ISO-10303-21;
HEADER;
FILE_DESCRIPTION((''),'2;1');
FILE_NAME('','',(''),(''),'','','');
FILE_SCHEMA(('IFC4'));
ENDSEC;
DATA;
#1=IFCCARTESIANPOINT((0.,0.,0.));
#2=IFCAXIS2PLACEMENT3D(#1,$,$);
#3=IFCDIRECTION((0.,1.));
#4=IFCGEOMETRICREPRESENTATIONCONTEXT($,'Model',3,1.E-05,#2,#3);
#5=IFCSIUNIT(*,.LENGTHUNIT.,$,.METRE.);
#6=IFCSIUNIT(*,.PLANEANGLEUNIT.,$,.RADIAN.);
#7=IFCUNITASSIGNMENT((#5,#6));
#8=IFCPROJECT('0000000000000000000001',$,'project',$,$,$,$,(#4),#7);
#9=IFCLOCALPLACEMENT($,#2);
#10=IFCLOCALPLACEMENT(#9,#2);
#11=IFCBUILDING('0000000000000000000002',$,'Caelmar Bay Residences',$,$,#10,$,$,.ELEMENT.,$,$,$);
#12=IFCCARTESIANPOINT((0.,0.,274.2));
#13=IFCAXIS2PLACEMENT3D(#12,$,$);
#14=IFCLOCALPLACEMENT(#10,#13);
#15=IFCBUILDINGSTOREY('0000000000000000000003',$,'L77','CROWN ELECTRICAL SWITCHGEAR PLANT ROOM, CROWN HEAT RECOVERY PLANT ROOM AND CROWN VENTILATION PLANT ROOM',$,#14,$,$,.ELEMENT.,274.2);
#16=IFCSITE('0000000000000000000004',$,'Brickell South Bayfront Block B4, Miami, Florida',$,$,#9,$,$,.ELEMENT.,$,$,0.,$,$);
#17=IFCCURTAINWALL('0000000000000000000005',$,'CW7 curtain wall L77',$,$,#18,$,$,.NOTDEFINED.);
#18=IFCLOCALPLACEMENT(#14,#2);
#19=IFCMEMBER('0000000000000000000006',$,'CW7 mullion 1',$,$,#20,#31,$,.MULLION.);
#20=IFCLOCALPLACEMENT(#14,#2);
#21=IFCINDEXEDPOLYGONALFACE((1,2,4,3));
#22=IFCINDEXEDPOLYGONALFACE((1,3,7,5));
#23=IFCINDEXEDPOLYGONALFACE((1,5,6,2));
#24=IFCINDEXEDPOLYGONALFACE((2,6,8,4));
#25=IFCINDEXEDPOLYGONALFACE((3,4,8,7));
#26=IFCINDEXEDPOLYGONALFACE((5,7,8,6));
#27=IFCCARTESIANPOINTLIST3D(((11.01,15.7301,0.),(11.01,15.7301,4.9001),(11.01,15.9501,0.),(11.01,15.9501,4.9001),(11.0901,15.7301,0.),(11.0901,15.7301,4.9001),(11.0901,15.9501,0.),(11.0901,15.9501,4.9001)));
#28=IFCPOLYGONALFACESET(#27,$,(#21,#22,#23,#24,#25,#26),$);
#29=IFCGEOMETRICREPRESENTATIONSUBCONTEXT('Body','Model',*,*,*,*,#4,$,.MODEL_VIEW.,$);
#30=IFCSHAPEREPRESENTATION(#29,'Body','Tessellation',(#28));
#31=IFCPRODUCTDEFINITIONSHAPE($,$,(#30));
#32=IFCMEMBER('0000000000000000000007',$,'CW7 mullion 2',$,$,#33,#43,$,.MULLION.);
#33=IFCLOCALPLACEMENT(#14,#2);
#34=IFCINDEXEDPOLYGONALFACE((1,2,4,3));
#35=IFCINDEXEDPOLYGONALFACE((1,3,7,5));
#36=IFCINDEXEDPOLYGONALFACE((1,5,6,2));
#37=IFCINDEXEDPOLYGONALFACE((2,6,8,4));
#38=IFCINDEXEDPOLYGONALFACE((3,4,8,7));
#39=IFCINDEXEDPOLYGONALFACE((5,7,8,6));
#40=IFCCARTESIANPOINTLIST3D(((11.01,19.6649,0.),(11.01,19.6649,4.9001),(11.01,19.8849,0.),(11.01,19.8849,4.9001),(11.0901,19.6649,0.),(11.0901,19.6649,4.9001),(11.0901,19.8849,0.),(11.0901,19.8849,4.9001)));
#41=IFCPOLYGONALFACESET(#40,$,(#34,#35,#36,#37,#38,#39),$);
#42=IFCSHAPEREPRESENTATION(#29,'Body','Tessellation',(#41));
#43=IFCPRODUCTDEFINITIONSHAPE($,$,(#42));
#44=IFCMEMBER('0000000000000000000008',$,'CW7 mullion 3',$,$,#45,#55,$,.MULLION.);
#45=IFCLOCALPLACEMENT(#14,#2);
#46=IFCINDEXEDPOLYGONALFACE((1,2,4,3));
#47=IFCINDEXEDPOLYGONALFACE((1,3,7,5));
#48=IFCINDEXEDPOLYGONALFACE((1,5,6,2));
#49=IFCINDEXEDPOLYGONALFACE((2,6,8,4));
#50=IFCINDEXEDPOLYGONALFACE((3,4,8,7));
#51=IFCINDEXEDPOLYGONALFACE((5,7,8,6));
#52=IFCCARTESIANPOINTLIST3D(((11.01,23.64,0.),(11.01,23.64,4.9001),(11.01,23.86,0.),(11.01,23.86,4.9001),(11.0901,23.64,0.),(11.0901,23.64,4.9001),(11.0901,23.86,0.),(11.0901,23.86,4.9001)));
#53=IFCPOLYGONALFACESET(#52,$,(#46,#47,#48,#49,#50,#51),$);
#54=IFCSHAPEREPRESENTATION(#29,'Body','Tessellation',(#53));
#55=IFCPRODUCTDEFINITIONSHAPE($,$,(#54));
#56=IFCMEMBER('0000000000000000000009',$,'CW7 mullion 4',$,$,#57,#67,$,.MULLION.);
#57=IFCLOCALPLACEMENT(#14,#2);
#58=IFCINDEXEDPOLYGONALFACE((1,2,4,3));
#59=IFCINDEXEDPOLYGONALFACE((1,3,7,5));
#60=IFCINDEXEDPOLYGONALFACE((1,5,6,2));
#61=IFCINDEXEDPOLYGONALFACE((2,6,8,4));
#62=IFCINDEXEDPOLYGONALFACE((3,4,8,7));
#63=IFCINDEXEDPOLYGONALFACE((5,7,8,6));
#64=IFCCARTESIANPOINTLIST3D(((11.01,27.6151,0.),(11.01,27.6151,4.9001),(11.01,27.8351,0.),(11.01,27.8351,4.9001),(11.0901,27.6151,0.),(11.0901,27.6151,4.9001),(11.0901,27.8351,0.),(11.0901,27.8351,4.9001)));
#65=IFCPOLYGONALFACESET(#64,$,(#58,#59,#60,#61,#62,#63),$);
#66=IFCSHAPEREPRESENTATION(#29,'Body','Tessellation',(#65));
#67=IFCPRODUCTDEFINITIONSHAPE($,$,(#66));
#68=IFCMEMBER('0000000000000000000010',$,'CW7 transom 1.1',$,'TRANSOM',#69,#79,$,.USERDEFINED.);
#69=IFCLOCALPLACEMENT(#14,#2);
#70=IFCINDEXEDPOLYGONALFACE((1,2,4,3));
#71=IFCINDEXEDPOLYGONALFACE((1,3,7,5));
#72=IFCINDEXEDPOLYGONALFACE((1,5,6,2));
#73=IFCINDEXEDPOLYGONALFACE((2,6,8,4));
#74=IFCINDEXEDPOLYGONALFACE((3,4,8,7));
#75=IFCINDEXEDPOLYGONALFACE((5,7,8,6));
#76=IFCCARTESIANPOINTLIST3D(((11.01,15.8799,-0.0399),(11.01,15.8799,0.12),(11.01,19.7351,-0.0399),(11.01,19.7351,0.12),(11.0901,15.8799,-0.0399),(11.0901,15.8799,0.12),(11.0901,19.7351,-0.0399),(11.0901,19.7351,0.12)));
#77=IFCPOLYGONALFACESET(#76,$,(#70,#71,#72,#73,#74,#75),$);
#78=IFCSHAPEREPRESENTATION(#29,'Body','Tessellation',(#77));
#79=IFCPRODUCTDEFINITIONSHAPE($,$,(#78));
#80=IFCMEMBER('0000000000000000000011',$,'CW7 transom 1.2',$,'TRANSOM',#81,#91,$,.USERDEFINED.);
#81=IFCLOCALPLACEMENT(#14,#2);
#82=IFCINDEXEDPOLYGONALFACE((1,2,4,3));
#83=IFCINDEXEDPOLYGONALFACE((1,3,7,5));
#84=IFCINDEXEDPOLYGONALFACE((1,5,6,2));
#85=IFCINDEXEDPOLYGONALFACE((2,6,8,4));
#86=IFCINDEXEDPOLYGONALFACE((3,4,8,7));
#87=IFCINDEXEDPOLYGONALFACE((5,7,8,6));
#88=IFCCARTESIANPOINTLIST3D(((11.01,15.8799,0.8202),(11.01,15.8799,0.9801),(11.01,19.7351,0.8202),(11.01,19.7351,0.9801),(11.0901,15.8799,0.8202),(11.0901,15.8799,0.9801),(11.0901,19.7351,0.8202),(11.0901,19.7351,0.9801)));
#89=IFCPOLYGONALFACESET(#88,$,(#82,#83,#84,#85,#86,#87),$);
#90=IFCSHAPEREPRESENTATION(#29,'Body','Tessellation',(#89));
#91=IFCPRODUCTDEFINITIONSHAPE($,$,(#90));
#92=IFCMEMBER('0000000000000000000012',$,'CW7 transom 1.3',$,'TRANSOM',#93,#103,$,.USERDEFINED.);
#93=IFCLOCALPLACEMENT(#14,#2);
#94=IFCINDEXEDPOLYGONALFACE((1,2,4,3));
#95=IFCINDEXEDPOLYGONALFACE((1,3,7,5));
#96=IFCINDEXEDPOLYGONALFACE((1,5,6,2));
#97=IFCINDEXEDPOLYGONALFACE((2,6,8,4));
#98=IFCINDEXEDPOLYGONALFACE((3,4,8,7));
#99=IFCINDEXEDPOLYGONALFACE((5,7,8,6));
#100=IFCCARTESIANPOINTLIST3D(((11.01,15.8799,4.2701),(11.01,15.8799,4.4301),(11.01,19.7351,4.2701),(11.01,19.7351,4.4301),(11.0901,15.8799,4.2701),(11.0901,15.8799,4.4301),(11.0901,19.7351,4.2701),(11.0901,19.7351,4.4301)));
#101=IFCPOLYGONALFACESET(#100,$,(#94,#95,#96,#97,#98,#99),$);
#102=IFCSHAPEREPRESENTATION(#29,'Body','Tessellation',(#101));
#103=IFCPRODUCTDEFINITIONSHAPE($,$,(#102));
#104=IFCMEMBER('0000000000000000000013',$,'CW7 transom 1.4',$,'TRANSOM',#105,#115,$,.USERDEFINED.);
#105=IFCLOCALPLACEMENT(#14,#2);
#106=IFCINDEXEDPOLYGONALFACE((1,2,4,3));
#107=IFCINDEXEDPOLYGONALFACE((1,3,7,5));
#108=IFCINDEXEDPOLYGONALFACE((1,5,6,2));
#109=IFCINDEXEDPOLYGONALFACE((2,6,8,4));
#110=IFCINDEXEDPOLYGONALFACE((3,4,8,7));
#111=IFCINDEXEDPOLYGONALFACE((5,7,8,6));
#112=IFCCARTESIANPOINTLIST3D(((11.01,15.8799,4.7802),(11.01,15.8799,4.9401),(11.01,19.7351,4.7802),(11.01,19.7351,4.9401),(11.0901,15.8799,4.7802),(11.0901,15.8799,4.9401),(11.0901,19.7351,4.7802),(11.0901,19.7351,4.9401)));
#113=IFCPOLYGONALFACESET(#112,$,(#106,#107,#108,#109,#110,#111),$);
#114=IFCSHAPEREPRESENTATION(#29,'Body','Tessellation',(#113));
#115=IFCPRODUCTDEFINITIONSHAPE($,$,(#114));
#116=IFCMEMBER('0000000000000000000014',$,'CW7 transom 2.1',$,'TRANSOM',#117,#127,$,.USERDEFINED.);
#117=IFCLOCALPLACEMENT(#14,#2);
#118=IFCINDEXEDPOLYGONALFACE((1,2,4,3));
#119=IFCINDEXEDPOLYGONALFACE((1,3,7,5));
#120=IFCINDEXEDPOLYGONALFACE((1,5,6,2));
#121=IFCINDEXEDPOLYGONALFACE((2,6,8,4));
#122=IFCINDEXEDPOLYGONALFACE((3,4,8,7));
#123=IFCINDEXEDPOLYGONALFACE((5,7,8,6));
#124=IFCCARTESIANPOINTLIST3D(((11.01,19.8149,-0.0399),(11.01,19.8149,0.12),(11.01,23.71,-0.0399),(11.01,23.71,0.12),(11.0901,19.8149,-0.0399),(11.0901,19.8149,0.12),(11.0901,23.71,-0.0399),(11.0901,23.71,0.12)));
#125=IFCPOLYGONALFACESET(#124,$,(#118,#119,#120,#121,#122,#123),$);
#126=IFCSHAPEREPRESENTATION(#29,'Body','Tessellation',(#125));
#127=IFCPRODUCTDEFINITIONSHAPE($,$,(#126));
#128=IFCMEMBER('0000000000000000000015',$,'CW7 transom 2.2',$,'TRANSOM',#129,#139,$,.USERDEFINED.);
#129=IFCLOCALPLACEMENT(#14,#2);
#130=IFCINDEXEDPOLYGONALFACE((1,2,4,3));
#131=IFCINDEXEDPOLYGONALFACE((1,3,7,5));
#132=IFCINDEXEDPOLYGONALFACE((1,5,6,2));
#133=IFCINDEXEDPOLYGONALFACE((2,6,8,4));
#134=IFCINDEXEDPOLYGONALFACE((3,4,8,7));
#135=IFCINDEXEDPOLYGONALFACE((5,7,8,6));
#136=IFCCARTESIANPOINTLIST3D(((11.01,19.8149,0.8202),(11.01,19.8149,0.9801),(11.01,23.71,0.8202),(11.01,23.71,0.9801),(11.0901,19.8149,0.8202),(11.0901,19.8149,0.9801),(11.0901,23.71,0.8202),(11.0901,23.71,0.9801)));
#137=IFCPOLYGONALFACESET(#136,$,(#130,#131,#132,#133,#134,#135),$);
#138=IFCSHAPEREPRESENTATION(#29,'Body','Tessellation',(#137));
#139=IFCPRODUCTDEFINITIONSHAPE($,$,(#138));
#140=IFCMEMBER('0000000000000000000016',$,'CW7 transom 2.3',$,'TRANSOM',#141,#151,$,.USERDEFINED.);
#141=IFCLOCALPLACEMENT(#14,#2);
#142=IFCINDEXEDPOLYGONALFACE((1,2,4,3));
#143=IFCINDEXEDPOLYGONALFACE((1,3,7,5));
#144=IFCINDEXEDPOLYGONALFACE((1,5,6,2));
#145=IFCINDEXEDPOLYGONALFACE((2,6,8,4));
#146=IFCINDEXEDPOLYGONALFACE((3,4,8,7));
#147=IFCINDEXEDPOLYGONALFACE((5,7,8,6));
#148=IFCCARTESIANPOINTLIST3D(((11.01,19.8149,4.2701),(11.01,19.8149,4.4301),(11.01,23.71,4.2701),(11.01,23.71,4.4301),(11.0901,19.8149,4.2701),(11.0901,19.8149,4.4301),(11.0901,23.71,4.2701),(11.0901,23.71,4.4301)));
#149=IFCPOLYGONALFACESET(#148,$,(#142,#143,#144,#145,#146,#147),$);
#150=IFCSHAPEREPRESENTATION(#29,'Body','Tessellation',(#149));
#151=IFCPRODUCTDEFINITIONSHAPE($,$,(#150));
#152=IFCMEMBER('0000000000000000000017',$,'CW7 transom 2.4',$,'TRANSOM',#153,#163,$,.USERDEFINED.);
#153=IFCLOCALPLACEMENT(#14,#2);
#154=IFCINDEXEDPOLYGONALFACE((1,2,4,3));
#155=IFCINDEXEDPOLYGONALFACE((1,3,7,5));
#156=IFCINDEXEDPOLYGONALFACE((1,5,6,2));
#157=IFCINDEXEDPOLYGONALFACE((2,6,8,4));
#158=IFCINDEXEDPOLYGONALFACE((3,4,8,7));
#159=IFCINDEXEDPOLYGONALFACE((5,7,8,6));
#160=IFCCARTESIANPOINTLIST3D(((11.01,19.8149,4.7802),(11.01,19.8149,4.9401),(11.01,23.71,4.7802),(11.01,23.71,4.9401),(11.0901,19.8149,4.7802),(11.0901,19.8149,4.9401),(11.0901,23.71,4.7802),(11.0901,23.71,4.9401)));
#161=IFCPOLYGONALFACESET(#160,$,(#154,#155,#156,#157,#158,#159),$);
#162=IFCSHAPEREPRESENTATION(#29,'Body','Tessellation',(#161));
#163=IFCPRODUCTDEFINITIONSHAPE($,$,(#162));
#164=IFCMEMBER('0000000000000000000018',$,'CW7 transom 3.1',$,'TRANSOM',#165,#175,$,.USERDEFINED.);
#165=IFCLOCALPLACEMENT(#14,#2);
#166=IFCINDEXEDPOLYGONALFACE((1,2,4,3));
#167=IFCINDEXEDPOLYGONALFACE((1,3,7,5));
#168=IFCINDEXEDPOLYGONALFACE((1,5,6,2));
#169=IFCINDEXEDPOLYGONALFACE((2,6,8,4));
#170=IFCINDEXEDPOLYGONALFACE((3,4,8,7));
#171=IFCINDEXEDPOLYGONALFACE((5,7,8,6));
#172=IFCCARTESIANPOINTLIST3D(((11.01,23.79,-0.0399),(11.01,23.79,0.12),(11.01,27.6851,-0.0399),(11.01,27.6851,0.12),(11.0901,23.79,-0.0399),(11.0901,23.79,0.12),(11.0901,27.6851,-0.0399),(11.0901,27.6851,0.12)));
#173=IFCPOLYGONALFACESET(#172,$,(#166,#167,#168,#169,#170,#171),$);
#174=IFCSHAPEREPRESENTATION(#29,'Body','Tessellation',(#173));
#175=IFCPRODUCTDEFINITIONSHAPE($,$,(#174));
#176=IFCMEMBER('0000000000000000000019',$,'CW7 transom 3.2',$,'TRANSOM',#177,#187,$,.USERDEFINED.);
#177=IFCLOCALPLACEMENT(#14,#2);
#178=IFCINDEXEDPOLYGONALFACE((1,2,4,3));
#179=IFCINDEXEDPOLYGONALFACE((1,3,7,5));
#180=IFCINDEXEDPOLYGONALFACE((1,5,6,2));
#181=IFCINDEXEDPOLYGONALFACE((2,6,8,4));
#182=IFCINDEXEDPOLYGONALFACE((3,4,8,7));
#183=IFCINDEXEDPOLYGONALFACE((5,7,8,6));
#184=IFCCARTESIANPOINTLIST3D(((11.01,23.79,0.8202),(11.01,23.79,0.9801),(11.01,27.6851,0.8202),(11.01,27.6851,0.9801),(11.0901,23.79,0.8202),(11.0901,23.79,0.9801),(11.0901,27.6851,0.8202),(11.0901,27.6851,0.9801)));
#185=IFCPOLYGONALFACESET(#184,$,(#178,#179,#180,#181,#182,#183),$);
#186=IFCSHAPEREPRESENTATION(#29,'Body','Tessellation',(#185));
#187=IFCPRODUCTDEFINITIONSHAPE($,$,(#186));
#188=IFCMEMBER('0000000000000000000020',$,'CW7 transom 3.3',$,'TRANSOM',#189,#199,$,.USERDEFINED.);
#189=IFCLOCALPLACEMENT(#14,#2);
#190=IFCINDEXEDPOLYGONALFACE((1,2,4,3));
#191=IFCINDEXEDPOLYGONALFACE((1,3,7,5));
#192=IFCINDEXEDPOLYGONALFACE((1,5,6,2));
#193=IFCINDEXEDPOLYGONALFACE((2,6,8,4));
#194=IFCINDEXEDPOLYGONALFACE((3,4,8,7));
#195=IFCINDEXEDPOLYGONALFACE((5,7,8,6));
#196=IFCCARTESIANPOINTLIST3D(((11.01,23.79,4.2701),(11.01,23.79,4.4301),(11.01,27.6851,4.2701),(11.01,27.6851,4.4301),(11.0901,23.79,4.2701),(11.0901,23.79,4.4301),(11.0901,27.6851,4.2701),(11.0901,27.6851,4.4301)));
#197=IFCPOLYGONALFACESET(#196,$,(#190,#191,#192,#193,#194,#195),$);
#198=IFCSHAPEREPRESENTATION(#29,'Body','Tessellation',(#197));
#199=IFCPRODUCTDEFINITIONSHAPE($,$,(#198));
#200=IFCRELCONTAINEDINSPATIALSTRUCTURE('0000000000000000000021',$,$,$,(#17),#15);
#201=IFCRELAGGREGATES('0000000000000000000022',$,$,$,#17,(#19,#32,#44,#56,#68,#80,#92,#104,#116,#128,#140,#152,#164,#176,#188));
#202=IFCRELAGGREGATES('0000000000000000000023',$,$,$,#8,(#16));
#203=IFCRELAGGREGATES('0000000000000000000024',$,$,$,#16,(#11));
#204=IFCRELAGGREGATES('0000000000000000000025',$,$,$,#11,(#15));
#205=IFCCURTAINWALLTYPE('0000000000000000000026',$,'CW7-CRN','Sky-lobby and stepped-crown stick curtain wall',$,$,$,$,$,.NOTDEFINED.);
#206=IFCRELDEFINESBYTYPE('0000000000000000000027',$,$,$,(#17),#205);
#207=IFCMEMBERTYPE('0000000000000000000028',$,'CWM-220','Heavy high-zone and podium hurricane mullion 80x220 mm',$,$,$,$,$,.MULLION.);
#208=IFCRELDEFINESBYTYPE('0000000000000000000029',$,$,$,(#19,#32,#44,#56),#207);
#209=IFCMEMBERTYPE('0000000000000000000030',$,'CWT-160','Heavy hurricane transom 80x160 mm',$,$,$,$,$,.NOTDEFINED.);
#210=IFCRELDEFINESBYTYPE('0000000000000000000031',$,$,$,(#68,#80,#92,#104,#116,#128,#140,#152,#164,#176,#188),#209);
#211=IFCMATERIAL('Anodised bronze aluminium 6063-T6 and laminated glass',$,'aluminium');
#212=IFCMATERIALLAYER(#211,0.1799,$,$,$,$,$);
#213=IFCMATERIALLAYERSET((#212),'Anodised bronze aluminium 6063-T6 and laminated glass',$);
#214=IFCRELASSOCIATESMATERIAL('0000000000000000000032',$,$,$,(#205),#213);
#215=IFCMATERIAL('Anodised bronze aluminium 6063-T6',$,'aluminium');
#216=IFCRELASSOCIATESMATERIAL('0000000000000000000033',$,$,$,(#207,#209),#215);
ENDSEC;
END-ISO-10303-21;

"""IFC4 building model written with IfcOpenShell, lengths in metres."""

from ifc_helpers import new_model, si_unit, direction, frame, origin, origin_2d, place, context, subcontext, project, spatial, rectangle, extrude, material, layer, layer_set, material_profile, profile_set, type_object, element, aggregate, save


model = new_model("IFC4")

# Units and contexts
model_context = context("Model", 3, precision=1e-05, world=origin(), true_north=direction((0.0, 1.0)))
body_context = subcontext(model_context, "Body", "Model", "MODEL_VIEW")
ifc_project = project(units=[si_unit("LENGTHUNIT", "METRE"), si_unit("PLANEANGLEUNIT", "RADIAN")], contexts=[model_context])

# Site, building, storey
site_placement = place(None, origin())
site = spatial("IfcSite", under=ifc_project, at=site_placement, Name="Brickell South Bayfront Block B4, Miami, Florida", CompositionType="ELEMENT", RefElevation=0.0)
building_placement = place(site_placement, origin())
building = spatial("IfcBuilding", under=site, at=building_placement, Name="Caelmar Bay Residences", CompositionType="ELEMENT")
storey_placement = place(building_placement, frame((0.0, 0.0, 274.2)))
storey = spatial("IfcBuildingStorey", under=building, at=storey_placement, Name="L77", Description="CROWN ELECTRICAL SWITCHGEAR PLANT ROOM, CROWN HEAT RECOVERY PLANT ROOM AND CROWN VENTILATION PLANT ROOM", CompositionType="ELEMENT", Elevation=274.2)

# Curtain wall, members
ifc_material_1 = material(Name="Anodised bronze aluminium 6063-T6 and laminated glass", Category="aluminium")
ifc_layer_1 = layer(ifc_material_1, 0.1799)
ifc_layer_set_1 = layer_set([ifc_layer_1], Name="Anodised bronze aluminium 6063-T6 and laminated glass")
curtain_wall_type = type_object("IfcCurtainWallType", Name="CW7-CRN", Description="Sky-lobby and stepped-crown stick curtain wall", PredefinedType="NOTDEFINED", material=ifc_layer_set_1)
curtain_wall_placement = place(storey_placement, origin())
curtain_wall = element("IfcCurtainWall", 1, at=curtain_wall_placement, inside=storey, type_object=curtain_wall_type, Name="CW7 curtain wall L77", PredefinedType="NOTDEFINED")
ifc_material_2 = material(Name="Anodised bronze aluminium 6063-T6", Category="aluminium")
ifc_material_profile_1 = material_profile(ifc_material_2, rectangle(XDim=0.0801, YDim=0.22, at=origin_2d()), Name="CWM-80X220")
ifc_profile_set_1 = profile_set([ifc_material_profile_1], Name="Anodised bronze aluminium 6063-T6")
member_type_1 = type_object("IfcMemberType", Name="CWM-220", Description="Heavy high-zone and podium hurricane mullion 80x220 mm", PredefinedType="MULLION", material=ifc_profile_set_1)
member_1_placement = place(storey_placement, frame((11.05, 15.8401, 0.0), z_axis=(0.0, 0.0, 1.0), x_axis=(-1.0, 0.0, 0.0)))
member_1 = element("IfcMember", 2, at=member_1_placement, type_object=member_type_1, Name="CW7 mullion 1", PredefinedType="MULLION", context=body_context, shape_type="SweptSolid", body=[
    extrude(rectangle(XDim=0.0801, YDim=0.22, at=origin_2d()), origin(), (0.0, 0.0, 1.0), 4.9001),
])
member_2_placement = place(storey_placement, frame((11.05, 19.7749, 0.0), z_axis=(0.0, 0.0, 1.0), x_axis=(-1.0, 0.0, 0.0)))
member_2 = element("IfcMember", 3, at=member_2_placement, type_object=member_type_1, Name="CW7 mullion 2", PredefinedType="MULLION", context=body_context, shape_type="SweptSolid", body=[
    extrude(rectangle(XDim=0.0801, YDim=0.22, at=origin_2d()), origin(), (0.0, 0.0, 1.0), 4.9001),
])
member_3_placement = place(storey_placement, frame((11.05, 23.75, 0.0), z_axis=(0.0, 0.0, 1.0), x_axis=(-1.0, 0.0, 0.0)))
member_3 = element("IfcMember", 4, at=member_3_placement, type_object=member_type_1, Name="CW7 mullion 3", PredefinedType="MULLION", context=body_context, shape_type="SweptSolid", body=[
    extrude(rectangle(XDim=0.0801, YDim=0.22, at=origin_2d()), origin(), (0.0, 0.0, 1.0), 4.9001),
])
member_4_placement = place(storey_placement, frame((11.05, 27.7251, 0.0), z_axis=(0.0, 0.0, 1.0), x_axis=(-1.0, 0.0, 0.0)))
member_4 = element("IfcMember", 5, at=member_4_placement, type_object=member_type_1, Name="CW7 mullion 4", PredefinedType="MULLION", context=body_context, shape_type="SweptSolid", body=[
    extrude(rectangle(XDim=0.0801, YDim=0.22, at=origin_2d()), origin(), (0.0, 0.0, 1.0), 4.9001),
])
ifc_material_profile_2 = material_profile(ifc_material_2, rectangle(XDim=0.0801, YDim=0.1599, at=origin_2d()), Name="CWT-80X160")
ifc_profile_set_2 = profile_set([ifc_material_profile_2], Name="Anodised bronze aluminium 6063-T6")
member_type_2 = type_object("IfcMemberType", Name="CWT-160", Description="Heavy hurricane transom 80x160 mm", PredefinedType="NOTDEFINED", material=ifc_profile_set_2)
member_5_placement = place(storey_placement, frame((11.05, 15.8799, 0.04), z_axis=(0.0, 1.0, 0.0), x_axis=(-1.0, 0.0, 0.0)))
member_5 = element("IfcMember", 6, at=member_5_placement, type_object=member_type_2, Name="CW7 transom 1.1", ObjectType="TRANSOM", PredefinedType="USERDEFINED", context=body_context, shape_type="SweptSolid", body=[
    extrude(rectangle(XDim=0.0801, YDim=0.1599, at=origin_2d()), origin(), (0.0, 0.0, 1.0), 3.8552),
])
member_6_placement = place(storey_placement, frame((11.05, 15.8799, 0.9001), z_axis=(0.0, 1.0, 0.0), x_axis=(-1.0, 0.0, 0.0)))
member_6 = element("IfcMember", 7, at=member_6_placement, type_object=member_type_2, Name="CW7 transom 1.2", ObjectType="TRANSOM", PredefinedType="USERDEFINED", context=body_context, shape_type="SweptSolid", body=[
    extrude(rectangle(XDim=0.0801, YDim=0.1599, at=origin_2d()), origin(), (0.0, 0.0, 1.0), 3.8552),
])
member_7_placement = place(storey_placement, frame((11.05, 15.8799, 4.3501), z_axis=(0.0, 1.0, 0.0), x_axis=(-1.0, 0.0, 0.0)))
member_7 = element("IfcMember", 8, at=member_7_placement, type_object=member_type_2, Name="CW7 transom 1.3", ObjectType="TRANSOM", PredefinedType="USERDEFINED", context=body_context, shape_type="SweptSolid", body=[
    extrude(rectangle(XDim=0.0801, YDim=0.1599, at=origin_2d()), origin(), (0.0, 0.0, 1.0), 3.8552),
])
member_8_placement = place(storey_placement, frame((11.05, 15.8799, 4.8601), z_axis=(0.0, 1.0, 0.0), x_axis=(-1.0, 0.0, 0.0)))
member_8 = element("IfcMember", 9, at=member_8_placement, type_object=member_type_2, Name="CW7 transom 1.4", ObjectType="TRANSOM", PredefinedType="USERDEFINED", context=body_context, shape_type="SweptSolid", body=[
    extrude(rectangle(XDim=0.0801, YDim=0.1599, at=origin_2d()), origin(), (0.0, 0.0, 1.0), 3.8552),
])
member_9_placement = place(storey_placement, frame((11.05, 19.8149, 0.04), z_axis=(0.0, 1.0, 0.0), x_axis=(-1.0, 0.0, 0.0)))
member_9 = element("IfcMember", 10, at=member_9_placement, type_object=member_type_2, Name="CW7 transom 2.1", ObjectType="TRANSOM", PredefinedType="USERDEFINED", context=body_context, shape_type="SweptSolid", body=[
    extrude(rectangle(XDim=0.0801, YDim=0.1599, at=origin_2d()), origin(), (0.0, 0.0, 1.0), 3.895),
])
member_10_placement = place(storey_placement, frame((11.05, 19.8149, 0.9001), z_axis=(0.0, 1.0, 0.0), x_axis=(-1.0, 0.0, 0.0)))
member_10 = element("IfcMember", 11, at=member_10_placement, type_object=member_type_2, Name="CW7 transom 2.2", ObjectType="TRANSOM", PredefinedType="USERDEFINED", context=body_context, shape_type="SweptSolid", body=[
    extrude(rectangle(XDim=0.0801, YDim=0.1599, at=origin_2d()), origin(), (0.0, 0.0, 1.0), 3.895),
])
member_11_placement = place(storey_placement, frame((11.05, 19.8149, 4.3501), z_axis=(0.0, 1.0, 0.0), x_axis=(-1.0, 0.0, 0.0)))
member_11 = element("IfcMember", 12, at=member_11_placement, type_object=member_type_2, Name="CW7 transom 2.3", ObjectType="TRANSOM", PredefinedType="USERDEFINED", context=body_context, shape_type="SweptSolid", body=[
    extrude(rectangle(XDim=0.0801, YDim=0.1599, at=origin_2d()), origin(), (0.0, 0.0, 1.0), 3.895),
])
member_12_placement = place(storey_placement, frame((11.05, 19.8149, 4.8601), z_axis=(0.0, 1.0, 0.0), x_axis=(-1.0, 0.0, 0.0)))
member_12 = element("IfcMember", 13, at=member_12_placement, type_object=member_type_2, Name="CW7 transom 2.4", ObjectType="TRANSOM", PredefinedType="USERDEFINED", context=body_context, shape_type="SweptSolid", body=[
    extrude(rectangle(XDim=0.0801, YDim=0.1599, at=origin_2d()), origin(), (0.0, 0.0, 1.0), 3.895),
])
member_13_placement = place(storey_placement, frame((11.05, 23.79, 0.04), z_axis=(0.0, 1.0, 0.0), x_axis=(-1.0, 0.0, 0.0)))
member_13 = element("IfcMember", 14, at=member_13_placement, type_object=member_type_2, Name="CW7 transom 3.1", ObjectType="TRANSOM", PredefinedType="USERDEFINED", context=body_context, shape_type="SweptSolid", body=[
    extrude(rectangle(XDim=0.0801, YDim=0.1599, at=origin_2d()), origin(), (0.0, 0.0, 1.0), 3.895),
])
member_14_placement = place(storey_placement, frame((11.05, 23.79, 0.9001), z_axis=(0.0, 1.0, 0.0), x_axis=(-1.0, 0.0, 0.0)))
member_14 = element("IfcMember", 15, at=member_14_placement, type_object=member_type_2, Name="CW7 transom 3.2", ObjectType="TRANSOM", PredefinedType="USERDEFINED", context=body_context, shape_type="SweptSolid", body=[
    extrude(rectangle(XDim=0.0801, YDim=0.1599, at=origin_2d()), origin(), (0.0, 0.0, 1.0), 3.895),
])
member_15_placement = place(storey_placement, frame((11.05, 23.79, 4.3501), z_axis=(0.0, 1.0, 0.0), x_axis=(-1.0, 0.0, 0.0)))
member_15 = element("IfcMember", 16, at=member_15_placement, type_object=member_type_2, Name="CW7 transom 3.3", ObjectType="TRANSOM", PredefinedType="USERDEFINED", context=body_context, shape_type="SweptSolid", body=[
    extrude(rectangle(XDim=0.0801, YDim=0.1599, at=origin_2d()), origin(), (0.0, 0.0, 1.0), 3.895),
])
aggregate(curtain_wall, [member_1, member_2, member_3, member_4, member_5, member_6, member_7, member_8, member_9, member_10, member_11, member_12, member_13, member_14, member_15])

save(model, "model.ifc")
